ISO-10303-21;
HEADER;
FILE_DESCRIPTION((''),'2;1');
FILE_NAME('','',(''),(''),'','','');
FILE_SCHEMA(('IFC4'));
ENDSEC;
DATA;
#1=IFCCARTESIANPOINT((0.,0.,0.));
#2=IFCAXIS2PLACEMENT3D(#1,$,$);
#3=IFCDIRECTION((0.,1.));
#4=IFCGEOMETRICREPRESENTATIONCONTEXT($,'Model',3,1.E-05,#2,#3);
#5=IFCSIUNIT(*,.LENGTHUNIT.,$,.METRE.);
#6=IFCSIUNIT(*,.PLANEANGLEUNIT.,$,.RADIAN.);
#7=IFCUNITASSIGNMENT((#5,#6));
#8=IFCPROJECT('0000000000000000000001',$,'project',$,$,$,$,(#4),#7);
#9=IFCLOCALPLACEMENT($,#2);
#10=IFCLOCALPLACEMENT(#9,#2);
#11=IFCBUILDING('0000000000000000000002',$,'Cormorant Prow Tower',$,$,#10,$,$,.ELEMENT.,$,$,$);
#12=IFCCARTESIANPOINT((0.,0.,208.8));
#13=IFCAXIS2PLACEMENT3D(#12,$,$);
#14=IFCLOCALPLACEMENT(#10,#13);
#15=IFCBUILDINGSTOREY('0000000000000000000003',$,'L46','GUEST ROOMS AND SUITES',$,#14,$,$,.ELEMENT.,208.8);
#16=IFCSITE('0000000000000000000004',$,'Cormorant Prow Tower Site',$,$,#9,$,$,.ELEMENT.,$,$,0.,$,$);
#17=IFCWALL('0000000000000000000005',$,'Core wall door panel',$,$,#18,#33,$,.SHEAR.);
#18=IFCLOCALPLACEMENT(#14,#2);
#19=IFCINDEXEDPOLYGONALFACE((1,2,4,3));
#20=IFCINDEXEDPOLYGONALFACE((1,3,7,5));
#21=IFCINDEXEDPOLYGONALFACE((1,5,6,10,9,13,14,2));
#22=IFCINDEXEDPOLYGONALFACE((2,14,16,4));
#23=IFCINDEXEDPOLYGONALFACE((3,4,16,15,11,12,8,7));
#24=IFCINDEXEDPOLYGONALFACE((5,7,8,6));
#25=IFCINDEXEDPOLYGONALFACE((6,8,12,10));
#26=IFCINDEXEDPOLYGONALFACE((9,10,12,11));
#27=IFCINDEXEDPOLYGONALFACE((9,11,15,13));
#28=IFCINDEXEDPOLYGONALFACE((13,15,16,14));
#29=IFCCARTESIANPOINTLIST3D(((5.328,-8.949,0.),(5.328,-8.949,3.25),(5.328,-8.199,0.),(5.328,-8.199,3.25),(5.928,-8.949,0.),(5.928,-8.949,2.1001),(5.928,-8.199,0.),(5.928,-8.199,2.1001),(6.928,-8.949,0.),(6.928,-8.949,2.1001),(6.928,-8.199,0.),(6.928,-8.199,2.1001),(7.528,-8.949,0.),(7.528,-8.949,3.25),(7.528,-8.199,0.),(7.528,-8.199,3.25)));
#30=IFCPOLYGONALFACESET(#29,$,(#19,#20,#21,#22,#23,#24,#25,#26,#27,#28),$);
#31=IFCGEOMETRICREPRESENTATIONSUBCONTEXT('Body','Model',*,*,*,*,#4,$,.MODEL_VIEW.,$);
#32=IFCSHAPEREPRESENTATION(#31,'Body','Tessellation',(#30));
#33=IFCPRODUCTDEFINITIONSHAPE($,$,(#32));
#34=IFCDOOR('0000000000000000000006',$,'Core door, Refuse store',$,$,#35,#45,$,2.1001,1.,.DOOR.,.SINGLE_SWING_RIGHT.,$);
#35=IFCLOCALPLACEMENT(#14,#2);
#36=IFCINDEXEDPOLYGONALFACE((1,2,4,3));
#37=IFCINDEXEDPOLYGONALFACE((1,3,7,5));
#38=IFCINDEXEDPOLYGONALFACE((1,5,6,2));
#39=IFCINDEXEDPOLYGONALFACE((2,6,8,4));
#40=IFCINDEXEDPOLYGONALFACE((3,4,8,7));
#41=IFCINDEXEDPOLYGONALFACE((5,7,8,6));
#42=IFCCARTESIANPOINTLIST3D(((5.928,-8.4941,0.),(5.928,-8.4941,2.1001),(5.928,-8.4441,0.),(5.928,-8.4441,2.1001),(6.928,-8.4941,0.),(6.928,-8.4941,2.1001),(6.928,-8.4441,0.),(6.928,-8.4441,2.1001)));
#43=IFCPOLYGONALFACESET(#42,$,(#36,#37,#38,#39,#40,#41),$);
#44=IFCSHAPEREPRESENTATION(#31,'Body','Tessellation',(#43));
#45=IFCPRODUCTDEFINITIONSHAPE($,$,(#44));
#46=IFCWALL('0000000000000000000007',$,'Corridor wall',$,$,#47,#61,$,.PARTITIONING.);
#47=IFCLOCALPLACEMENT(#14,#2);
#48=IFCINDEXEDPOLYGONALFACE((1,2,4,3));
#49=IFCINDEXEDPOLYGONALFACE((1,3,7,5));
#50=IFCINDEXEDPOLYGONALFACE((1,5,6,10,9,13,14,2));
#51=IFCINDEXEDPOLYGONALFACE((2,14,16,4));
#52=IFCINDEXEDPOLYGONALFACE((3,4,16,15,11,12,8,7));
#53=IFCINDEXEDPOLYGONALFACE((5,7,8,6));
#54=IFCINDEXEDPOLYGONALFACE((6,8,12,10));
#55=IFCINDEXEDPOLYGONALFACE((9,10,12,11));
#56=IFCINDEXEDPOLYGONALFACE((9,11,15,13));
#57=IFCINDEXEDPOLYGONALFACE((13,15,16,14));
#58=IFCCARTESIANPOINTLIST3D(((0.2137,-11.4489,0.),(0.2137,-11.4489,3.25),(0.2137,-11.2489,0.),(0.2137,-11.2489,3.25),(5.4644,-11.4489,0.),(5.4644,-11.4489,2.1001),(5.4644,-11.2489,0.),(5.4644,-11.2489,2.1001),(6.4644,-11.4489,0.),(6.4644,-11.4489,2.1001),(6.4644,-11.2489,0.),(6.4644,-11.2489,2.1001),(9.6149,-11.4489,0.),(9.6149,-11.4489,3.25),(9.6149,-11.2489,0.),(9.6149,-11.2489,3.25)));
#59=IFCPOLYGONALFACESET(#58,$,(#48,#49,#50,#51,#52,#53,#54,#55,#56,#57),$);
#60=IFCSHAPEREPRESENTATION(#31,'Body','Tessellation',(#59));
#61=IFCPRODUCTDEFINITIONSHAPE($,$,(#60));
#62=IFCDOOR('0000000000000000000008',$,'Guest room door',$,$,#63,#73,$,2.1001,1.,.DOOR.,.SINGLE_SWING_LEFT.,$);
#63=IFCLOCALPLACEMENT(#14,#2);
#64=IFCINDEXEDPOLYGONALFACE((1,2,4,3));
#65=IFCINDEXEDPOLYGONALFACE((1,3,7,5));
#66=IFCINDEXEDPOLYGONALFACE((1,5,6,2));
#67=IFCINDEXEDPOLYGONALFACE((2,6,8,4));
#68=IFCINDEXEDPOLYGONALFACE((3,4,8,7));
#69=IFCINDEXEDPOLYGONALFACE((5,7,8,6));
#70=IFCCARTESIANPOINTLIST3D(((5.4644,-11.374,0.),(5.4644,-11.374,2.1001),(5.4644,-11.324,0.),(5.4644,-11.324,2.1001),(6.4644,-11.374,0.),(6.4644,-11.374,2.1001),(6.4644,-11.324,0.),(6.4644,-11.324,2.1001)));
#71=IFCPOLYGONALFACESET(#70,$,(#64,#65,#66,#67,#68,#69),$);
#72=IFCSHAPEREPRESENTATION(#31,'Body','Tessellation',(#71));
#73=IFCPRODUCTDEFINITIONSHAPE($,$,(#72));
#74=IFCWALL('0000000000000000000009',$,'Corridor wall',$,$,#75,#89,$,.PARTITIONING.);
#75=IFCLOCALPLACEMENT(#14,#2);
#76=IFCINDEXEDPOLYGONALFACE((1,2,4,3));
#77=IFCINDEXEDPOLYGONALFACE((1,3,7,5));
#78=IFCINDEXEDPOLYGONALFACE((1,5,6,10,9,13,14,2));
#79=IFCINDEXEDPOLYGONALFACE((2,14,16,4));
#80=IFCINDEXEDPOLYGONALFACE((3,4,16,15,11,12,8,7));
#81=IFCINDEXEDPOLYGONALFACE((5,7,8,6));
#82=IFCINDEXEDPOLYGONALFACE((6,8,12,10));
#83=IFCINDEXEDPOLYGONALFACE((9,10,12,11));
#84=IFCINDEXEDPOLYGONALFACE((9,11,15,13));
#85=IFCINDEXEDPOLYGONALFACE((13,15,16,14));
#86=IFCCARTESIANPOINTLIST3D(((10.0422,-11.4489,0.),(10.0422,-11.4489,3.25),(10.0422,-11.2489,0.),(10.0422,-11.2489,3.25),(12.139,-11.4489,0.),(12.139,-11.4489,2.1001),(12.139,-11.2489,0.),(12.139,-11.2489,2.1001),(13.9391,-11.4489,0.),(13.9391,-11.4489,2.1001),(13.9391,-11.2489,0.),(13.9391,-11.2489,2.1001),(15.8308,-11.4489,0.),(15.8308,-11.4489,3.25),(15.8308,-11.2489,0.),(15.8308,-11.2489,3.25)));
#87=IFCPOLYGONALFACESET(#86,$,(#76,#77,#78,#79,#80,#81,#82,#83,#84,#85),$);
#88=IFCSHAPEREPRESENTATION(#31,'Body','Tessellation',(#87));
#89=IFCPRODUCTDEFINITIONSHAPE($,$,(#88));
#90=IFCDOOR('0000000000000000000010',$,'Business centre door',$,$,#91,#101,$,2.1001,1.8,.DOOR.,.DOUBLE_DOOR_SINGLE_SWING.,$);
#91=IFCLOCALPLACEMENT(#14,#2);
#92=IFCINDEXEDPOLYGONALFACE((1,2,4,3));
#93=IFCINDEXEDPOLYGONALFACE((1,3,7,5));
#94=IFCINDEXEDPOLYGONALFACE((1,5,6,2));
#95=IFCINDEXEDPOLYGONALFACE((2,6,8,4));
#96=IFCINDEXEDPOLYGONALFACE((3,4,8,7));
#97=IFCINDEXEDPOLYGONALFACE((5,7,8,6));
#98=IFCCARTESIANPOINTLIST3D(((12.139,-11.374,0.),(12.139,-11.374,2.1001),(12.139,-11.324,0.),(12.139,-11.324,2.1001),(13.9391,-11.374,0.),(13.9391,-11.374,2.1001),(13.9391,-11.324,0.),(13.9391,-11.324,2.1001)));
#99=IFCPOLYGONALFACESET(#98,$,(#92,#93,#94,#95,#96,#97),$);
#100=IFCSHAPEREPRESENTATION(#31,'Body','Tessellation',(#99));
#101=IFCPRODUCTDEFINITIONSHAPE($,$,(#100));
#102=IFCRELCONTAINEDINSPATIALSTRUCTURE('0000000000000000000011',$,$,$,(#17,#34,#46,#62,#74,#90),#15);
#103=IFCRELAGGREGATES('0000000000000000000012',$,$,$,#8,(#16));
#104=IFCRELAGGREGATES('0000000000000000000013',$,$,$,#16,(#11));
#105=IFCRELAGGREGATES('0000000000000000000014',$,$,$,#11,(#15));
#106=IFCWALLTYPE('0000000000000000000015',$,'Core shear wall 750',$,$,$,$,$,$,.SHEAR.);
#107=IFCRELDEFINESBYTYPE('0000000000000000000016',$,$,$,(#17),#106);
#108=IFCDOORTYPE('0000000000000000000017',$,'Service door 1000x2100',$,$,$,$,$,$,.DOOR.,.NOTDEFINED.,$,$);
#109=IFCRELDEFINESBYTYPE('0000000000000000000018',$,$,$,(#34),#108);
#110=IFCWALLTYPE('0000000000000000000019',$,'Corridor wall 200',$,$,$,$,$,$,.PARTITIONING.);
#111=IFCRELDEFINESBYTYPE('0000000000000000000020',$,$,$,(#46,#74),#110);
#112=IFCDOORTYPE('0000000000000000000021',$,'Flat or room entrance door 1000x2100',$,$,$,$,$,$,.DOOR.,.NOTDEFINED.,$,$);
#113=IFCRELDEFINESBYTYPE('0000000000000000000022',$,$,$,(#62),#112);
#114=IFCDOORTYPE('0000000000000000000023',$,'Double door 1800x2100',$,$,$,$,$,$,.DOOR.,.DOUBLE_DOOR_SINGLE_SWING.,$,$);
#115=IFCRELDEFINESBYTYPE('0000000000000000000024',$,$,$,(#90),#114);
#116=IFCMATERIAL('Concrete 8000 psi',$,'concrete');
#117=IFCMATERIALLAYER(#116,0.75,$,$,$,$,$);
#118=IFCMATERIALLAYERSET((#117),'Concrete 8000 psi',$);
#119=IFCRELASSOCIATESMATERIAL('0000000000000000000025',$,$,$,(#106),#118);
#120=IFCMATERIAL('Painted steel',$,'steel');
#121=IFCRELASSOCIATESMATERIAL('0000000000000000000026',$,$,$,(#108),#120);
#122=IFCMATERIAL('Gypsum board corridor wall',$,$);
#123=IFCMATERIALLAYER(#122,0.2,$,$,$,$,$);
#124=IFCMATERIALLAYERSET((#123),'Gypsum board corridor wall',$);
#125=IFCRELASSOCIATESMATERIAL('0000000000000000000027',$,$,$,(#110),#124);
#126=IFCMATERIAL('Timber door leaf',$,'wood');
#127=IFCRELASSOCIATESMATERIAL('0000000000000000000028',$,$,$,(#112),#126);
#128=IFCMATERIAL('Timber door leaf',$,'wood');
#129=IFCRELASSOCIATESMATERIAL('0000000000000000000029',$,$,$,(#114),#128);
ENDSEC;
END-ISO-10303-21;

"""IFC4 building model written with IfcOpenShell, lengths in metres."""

from ifc_helpers import new_model, si_unit, direction, frame, frame_2d, origin, place, context, subcontext, project, spatial, rectangle, extrude, material, layer, layer_set, type_object, element, fill, save


model = new_model("IFC4")

# Units and contexts
model_context = context("Model", 3, precision=1e-05, world=origin(), true_north=direction((0.0, 1.0)))
body_context = subcontext(model_context, "Body", "Model", "MODEL_VIEW")
ifc_project = project(units=[si_unit("LENGTHUNIT", "METRE"), si_unit("PLANEANGLEUNIT", "RADIAN")], contexts=[model_context])

# Site, building, storey
site_placement = place(None, origin())
site = spatial("IfcSite", under=ifc_project, at=site_placement, Name="Cormorant Prow Tower Site", CompositionType="ELEMENT", RefElevation=0.0)
building_placement = place(site_placement, origin())
building = spatial("IfcBuilding", under=site, at=building_placement, Name="Cormorant Prow Tower", CompositionType="ELEMENT")
storey_placement = place(building_placement, frame((0.0, 0.0, 208.8)))
storey = spatial("IfcBuildingStorey", under=building, at=storey_placement, Name="L46", Description="GUEST ROOMS AND SUITES", CompositionType="ELEMENT", Elevation=208.8)

# Shared definitions
ifc_material_1 = material(Name="Concrete 8000 psi", Category="concrete")
ifc_layer_1 = layer(ifc_material_1, 0.75)
ifc_layer_set_1 = layer_set([ifc_layer_1], Name="Concrete 8000 psi")
wall_type_1 = type_object("IfcWallType", Name="Core shear wall 750", PredefinedType="SHEAR", material=ifc_layer_set_1)

# Walls, openings, doors
ifc_material_2 = material(Name="Painted steel", Category="steel")
door_type_1 = type_object("IfcDoorType", Name="Service door 1000x2100", OperationType="NOTDEFINED", PredefinedType="DOOR", material=ifc_material_2)
wall_1_placement = place(storey_placement, frame((5.3279, -8.574, 0.0), z_axis=(0.0, 0.0, 1.0), x_axis=(1.0, 0.0, 0.0)))
wall_1 = element("IfcWall", 1, at=wall_1_placement, inside=storey, type_object=wall_type_1, Name="Core wall door panel", PredefinedType="SHEAR", context=body_context, shape_type="SweptSolid", body=[
    extrude(rectangle(XDim=2.2, YDim=0.75, at=frame_2d((1.1001, 0.0))), origin(), (0.0, 0.0, 1.0), 3.25),
])
opening_1_placement = place(wall_1_placement, frame((0.6001, 0.0, 0.0)))
opening_1 = element("IfcOpeningElement", 2, at=opening_1_placement, cuts=wall_1, PredefinedType="OPENING", context=body_context, shape_type="SweptSolid", body=[
    extrude(rectangle(XDim=1.0, YDim=2.1001, at=frame_2d((0.5, 1.05))), frame((0.0, 0.385, 0.0), z_axis=(0.0, -1.0, 0.0), x_axis=(1.0, 0.0, 0.0)), (0.0, 0.0, 1.0), 0.77),
])
door_1_placement = place(opening_1_placement, origin())
door_1 = element("IfcDoor", 3, at=door_1_placement, inside=storey, type_object=door_type_1, Name="Core door, Refuse store", OperationType="SINGLE_SWING_RIGHT", OverallHeight=2.1001, OverallWidth=1.0, PredefinedType="DOOR", context=body_context, shape_type="SweptSolid", body=[
    extrude(rectangle(XDim=1.0, YDim=2.1001, at=frame_2d((0.5, 1.05))), frame((0.0, 0.1299, 0.0), z_axis=(0.0, -1.0, 0.0), x_axis=(1.0, 0.0, 0.0)), (0.0, 0.0, 1.0), 0.05),
])
fill(opening_1, door_1)
ifc_material_3 = material(Name="Gypsum board corridor wall")
ifc_layer_2 = layer(ifc_material_3, 0.2)
ifc_layer_set_2 = layer_set([ifc_layer_2], Name="Gypsum board corridor wall")
wall_type_2 = type_object("IfcWallType", Name="Corridor wall 200", PredefinedType="PARTITIONING", material=ifc_layer_set_2)
wall_2_placement = place(storey_placement, frame((0.2136, -11.3489, 0.0), z_axis=(0.0, 0.0, 1.0), x_axis=(1.0, 0.0, 0.0)))
wall_2 = element("IfcWall", 4, at=wall_2_placement, inside=storey, type_object=wall_type_2, Name="Corridor wall", PredefinedType="PARTITIONING", context=body_context, shape_type="SweptSolid", body=[
    extrude(rectangle(XDim=9.4011, YDim=0.2, at=frame_2d((4.7007, 0.0))), origin(), (0.0, 0.0, 1.0), 3.25),
])
opening_2_placement = place(wall_2_placement, frame((5.2507, 0.0, 0.0)))
opening_2 = element("IfcOpeningElement", 5, at=opening_2_placement, cuts=wall_2, PredefinedType="OPENING", context=body_context, shape_type="SweptSolid", body=[
    extrude(rectangle(XDim=1.0, YDim=2.1001, at=frame_2d((0.5, 1.05))), frame((0.0, 0.1099, 0.0), z_axis=(0.0, -1.0, 0.0), x_axis=(1.0, 0.0, 0.0)), (0.0, 0.0, 1.0), 0.22),
])
ifc_material_4 = material(Name="Timber door leaf", Category="wood")
door_type_2 = type_object("IfcDoorType", Name="Flat or room entrance door 1000x2100", OperationType="NOTDEFINED", PredefinedType="DOOR", material=ifc_material_4)
door_2_placement = place(opening_2_placement, origin())
door_2 = element("IfcDoor", 6, at=door_2_placement, inside=storey, type_object=door_type_2, Name="Guest room door", OperationType="SINGLE_SWING_LEFT", OverallHeight=2.1001, OverallWidth=1.0, PredefinedType="DOOR", context=body_context, shape_type="SweptSolid", body=[
    extrude(rectangle(XDim=1.0, YDim=2.1001, at=frame_2d((0.5, 1.05))), frame((0.0, 0.0249, 0.0), z_axis=(0.0, -1.0, 0.0), x_axis=(1.0, 0.0, 0.0)), (0.0, 0.0, 1.0), 0.05),
])
fill(opening_2, door_2)
wall_3_placement = place(storey_placement, frame((10.0422, -11.3489, 0.0), z_axis=(0.0, 0.0, 1.0), x_axis=(1.0, 0.0, 0.0)))
wall_3 = element("IfcWall", 7, at=wall_3_placement, inside=storey, type_object=wall_type_2, Name="Corridor wall", PredefinedType="PARTITIONING", context=body_context, shape_type="SweptSolid", body=[
    extrude(rectangle(XDim=5.7886, YDim=0.2, at=frame_2d((2.8943, 0.0))), origin(), (0.0, 0.0, 1.0), 3.25),
])
opening_3_placement = place(wall_3_placement, frame((2.0969, 0.0, 0.0)))
opening_3 = element("IfcOpeningElement", 8, at=opening_3_placement, cuts=wall_3, PredefinedType="OPENING", context=body_context, shape_type="SweptSolid", body=[
    extrude(rectangle(XDim=1.8, YDim=2.1001, at=frame_2d((0.8999, 1.05))), frame((0.0, 0.1099, 0.0), z_axis=(0.0, -1.0, 0.0), x_axis=(1.0, 0.0, 0.0)), (0.0, 0.0, 1.0), 0.22),
])
ifc_material_5 = material(Name="Timber door leaf", Category="wood")
door_type_3 = type_object("IfcDoorType", Name="Double door 1800x2100", OperationType="DOUBLE_DOOR_SINGLE_SWING", PredefinedType="DOOR", material=ifc_material_5)
door_3_placement = place(opening_3_placement, origin())
door_3 = element("IfcDoor", 9, at=door_3_placement, inside=storey, type_object=door_type_3, Name="Business centre door", OperationType="DOUBLE_DOOR_SINGLE_SWING", OverallHeight=2.1001, OverallWidth=1.8, PredefinedType="DOOR", context=body_context, shape_type="SweptSolid", body=[
    extrude(rectangle(XDim=1.8, YDim=2.1001, at=frame_2d((0.8999, 1.05))), frame((0.0, 0.0249, 0.0), z_axis=(0.0, -1.0, 0.0), x_axis=(1.0, 0.0, 0.0)), (0.0, 0.0, 1.0), 0.05),
])
fill(opening_3, door_3)

save(model, "model.ifc")
